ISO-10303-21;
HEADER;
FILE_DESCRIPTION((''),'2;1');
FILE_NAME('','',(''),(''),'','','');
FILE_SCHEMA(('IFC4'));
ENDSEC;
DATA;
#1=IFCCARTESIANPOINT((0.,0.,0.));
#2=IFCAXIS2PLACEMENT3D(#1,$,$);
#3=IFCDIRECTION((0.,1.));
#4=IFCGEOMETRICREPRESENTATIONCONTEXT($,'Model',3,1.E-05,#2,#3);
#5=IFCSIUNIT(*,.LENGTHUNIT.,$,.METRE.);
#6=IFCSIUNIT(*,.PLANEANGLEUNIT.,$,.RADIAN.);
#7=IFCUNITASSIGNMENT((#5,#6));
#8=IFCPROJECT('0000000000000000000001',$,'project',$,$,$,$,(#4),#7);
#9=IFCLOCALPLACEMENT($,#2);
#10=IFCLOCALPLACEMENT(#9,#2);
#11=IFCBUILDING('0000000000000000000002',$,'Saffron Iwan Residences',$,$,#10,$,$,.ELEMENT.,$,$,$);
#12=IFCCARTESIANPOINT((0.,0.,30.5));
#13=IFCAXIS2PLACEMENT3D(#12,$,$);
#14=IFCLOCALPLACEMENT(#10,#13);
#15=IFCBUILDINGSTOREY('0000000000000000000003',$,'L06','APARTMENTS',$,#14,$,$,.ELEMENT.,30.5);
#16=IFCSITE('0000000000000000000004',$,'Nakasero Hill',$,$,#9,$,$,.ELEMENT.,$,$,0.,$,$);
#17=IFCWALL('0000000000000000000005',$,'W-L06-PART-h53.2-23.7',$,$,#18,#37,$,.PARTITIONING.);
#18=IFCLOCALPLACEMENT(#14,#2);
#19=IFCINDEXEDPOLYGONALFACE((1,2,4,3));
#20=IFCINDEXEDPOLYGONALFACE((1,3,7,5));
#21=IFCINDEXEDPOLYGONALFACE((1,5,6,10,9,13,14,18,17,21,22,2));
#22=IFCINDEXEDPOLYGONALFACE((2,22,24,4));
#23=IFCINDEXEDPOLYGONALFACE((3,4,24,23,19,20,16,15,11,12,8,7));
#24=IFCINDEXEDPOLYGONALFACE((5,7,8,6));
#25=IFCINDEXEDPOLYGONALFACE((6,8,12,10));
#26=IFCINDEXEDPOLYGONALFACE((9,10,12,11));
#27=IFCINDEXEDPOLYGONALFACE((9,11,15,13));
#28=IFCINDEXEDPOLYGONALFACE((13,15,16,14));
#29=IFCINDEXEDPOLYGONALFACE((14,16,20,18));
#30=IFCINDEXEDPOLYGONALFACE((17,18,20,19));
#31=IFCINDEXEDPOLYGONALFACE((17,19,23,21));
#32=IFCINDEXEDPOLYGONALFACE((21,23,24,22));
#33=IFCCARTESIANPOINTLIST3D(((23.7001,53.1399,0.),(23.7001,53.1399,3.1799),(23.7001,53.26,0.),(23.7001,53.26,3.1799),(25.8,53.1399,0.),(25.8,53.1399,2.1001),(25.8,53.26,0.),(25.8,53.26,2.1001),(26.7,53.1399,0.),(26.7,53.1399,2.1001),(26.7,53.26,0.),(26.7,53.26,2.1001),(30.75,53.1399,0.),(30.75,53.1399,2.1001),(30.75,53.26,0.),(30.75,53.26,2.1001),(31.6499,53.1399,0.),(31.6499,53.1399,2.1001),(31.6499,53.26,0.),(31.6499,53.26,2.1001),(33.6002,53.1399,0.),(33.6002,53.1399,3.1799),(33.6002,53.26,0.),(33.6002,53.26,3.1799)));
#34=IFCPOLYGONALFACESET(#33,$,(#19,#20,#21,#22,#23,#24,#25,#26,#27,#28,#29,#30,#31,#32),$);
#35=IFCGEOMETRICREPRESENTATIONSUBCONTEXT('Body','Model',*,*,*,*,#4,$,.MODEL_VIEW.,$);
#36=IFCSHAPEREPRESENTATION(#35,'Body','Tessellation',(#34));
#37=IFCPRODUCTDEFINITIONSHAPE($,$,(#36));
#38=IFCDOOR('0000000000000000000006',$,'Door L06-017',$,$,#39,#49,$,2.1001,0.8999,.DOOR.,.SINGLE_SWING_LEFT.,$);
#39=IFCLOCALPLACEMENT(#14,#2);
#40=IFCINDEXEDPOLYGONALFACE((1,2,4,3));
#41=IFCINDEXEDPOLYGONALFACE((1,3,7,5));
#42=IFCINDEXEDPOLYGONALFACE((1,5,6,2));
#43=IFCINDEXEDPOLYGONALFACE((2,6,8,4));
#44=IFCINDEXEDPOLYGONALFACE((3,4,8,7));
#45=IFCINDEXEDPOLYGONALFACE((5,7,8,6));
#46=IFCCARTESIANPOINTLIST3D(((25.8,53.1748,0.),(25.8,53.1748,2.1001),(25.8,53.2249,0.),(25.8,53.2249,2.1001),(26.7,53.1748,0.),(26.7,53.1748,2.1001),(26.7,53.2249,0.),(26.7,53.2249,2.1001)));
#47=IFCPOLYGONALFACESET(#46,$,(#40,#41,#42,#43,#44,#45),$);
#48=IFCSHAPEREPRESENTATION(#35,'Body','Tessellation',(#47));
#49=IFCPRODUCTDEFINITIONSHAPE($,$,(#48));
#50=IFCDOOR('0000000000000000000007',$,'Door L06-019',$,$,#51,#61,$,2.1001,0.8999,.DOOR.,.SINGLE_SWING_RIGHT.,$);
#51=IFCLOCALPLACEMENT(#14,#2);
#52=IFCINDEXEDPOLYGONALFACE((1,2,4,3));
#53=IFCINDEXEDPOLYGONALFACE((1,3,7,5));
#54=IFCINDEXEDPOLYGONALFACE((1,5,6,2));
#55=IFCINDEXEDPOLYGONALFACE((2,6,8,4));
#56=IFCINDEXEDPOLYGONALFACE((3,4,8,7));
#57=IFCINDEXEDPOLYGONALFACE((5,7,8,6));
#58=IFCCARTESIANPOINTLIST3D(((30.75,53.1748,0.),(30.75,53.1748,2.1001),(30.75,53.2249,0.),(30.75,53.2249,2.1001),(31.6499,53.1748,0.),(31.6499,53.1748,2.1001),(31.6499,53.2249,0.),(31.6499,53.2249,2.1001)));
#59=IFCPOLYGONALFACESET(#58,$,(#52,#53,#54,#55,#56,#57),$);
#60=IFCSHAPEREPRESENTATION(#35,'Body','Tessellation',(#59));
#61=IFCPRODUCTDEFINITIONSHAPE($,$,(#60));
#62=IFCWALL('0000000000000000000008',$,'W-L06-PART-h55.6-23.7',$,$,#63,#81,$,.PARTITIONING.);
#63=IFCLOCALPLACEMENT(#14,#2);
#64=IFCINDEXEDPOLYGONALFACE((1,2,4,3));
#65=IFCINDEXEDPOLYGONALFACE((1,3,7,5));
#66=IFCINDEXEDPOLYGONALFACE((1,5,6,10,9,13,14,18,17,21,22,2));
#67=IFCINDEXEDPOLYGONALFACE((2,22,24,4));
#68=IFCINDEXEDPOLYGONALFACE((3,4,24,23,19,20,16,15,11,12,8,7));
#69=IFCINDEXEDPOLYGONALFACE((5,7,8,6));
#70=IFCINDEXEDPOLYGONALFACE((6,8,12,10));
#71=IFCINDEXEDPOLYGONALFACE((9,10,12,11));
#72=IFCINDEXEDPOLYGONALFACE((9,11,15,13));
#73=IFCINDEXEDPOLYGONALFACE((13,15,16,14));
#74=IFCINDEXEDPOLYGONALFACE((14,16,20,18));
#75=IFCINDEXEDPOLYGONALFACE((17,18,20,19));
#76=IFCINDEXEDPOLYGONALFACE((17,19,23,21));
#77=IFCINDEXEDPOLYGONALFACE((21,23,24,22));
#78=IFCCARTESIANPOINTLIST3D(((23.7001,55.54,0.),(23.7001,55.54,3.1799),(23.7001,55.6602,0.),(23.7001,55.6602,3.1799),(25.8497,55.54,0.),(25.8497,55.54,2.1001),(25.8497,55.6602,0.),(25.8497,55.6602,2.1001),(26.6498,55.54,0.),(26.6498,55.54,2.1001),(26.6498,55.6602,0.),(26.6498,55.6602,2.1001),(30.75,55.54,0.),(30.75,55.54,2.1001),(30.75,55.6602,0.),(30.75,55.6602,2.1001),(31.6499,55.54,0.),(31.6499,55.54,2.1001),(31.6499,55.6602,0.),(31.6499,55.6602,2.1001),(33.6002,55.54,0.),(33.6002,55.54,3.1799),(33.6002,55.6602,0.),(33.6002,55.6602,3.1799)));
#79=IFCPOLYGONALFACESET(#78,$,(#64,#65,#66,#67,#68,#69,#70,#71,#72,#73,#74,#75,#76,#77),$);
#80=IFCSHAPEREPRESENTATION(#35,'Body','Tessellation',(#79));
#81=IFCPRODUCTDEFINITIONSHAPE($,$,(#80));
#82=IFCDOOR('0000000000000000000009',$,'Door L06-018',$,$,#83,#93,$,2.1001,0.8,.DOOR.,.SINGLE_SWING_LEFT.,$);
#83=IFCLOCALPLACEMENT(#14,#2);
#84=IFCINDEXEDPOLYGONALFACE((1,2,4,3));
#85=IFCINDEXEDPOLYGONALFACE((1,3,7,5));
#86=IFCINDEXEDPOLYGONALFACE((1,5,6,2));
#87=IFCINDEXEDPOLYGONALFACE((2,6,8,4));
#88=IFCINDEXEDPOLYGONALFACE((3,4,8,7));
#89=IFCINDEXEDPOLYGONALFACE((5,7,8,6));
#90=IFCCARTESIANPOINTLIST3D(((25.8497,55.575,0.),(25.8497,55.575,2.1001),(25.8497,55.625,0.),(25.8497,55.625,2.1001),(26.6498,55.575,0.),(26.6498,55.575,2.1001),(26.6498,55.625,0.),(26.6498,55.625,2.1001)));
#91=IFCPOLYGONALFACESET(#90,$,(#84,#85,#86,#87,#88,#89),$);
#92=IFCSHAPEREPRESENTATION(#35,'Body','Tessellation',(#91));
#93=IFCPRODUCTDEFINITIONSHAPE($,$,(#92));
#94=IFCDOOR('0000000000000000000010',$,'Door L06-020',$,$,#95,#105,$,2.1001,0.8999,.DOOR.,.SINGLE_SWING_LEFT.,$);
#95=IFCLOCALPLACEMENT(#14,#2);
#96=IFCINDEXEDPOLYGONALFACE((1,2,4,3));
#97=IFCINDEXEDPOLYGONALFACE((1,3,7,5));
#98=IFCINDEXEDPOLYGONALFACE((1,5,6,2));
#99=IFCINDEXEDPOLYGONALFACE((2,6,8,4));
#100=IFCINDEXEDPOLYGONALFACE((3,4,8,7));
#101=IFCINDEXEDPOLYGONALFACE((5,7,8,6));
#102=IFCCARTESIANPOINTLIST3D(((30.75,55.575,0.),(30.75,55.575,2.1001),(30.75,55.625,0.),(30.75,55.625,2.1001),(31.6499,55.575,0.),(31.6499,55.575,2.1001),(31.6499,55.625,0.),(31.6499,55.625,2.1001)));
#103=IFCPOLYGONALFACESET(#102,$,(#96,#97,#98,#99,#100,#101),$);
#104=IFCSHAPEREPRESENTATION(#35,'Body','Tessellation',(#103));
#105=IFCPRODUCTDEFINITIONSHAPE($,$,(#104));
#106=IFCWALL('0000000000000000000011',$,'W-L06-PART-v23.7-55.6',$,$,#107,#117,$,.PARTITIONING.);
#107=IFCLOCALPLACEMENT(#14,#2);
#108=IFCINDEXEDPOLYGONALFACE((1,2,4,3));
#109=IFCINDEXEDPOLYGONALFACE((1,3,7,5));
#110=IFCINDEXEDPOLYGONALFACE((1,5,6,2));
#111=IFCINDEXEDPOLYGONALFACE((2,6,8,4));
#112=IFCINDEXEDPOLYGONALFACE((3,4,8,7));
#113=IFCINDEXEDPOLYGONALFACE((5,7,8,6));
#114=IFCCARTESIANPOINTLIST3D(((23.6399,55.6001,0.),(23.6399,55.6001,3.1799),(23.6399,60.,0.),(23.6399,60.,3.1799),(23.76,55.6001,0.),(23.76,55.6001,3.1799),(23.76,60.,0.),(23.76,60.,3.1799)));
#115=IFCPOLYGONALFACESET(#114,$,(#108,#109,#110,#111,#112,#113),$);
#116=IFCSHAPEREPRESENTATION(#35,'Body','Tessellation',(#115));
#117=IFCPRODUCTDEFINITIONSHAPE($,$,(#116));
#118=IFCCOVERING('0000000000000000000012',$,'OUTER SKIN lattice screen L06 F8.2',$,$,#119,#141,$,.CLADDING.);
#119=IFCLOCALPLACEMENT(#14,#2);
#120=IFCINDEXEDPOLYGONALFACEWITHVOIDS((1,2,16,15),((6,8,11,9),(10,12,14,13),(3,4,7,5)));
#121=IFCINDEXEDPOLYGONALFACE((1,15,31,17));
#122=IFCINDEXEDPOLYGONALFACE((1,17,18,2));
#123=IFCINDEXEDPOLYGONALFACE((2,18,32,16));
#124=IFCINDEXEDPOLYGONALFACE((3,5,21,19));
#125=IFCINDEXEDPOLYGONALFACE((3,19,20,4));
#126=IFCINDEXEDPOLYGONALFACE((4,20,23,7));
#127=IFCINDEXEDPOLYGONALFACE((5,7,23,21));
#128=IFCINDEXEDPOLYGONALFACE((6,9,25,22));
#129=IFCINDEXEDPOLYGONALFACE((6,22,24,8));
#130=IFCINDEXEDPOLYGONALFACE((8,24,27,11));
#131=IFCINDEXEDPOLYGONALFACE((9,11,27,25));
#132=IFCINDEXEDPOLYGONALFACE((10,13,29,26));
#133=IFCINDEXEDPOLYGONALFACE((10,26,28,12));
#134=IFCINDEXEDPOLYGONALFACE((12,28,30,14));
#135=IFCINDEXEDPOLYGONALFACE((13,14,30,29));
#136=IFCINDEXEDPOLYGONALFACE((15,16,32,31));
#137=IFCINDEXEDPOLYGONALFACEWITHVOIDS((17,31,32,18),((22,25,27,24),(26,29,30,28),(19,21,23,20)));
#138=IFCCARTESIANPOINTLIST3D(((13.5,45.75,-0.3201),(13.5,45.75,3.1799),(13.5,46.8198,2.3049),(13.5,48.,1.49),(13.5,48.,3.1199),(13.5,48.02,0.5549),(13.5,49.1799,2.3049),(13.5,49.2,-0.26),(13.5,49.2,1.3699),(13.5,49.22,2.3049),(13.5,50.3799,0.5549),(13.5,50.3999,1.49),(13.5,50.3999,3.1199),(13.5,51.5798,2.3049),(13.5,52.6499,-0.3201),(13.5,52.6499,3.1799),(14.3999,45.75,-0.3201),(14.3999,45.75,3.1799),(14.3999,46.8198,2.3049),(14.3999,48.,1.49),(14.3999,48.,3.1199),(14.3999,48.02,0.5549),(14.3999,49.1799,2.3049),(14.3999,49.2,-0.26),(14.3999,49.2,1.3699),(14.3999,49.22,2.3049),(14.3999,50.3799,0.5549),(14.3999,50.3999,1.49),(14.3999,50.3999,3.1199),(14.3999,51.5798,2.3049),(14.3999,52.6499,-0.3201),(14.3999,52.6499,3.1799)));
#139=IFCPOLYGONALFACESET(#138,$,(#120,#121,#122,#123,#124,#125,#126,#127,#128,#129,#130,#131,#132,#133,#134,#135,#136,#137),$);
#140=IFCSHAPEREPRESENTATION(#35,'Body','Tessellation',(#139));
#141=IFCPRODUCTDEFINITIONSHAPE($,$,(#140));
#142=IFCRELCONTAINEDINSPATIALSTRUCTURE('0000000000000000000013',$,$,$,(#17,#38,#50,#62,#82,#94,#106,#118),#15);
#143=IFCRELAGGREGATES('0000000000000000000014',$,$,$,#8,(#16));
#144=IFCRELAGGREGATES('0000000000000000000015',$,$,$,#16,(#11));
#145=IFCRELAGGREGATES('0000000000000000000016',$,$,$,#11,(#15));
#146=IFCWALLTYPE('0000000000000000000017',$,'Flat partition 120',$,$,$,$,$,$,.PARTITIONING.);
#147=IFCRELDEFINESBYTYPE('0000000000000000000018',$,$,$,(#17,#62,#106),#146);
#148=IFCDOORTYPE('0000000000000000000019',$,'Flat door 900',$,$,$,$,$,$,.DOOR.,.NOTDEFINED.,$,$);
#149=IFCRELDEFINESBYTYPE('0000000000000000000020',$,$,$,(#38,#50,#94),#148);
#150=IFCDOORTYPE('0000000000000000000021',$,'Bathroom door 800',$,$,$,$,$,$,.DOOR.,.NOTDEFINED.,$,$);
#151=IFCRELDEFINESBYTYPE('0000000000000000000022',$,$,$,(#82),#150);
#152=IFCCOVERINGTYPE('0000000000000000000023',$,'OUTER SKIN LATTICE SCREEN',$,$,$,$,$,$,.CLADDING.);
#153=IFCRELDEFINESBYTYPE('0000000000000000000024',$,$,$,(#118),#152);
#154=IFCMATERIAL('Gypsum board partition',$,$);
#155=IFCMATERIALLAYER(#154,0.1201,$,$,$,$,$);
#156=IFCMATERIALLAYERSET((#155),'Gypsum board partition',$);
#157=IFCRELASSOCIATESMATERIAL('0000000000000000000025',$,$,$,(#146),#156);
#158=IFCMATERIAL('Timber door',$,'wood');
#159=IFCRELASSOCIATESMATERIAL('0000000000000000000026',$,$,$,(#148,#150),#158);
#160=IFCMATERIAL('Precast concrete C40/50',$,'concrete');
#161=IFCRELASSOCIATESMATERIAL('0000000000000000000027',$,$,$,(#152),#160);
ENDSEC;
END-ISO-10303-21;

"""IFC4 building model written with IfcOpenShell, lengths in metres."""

from ifc_helpers import new_model, si_unit, direction, frame, frame_2d, origin, place, context, subcontext, project, spatial, polyline, rectangle, outline, extrude, material, layer, layer_set, type_object, element, fill, save


model = new_model("IFC4")

# Units and contexts
model_context = context("Model", 3, precision=1e-05, world=origin(), true_north=direction((0.0, 1.0)))
body_context = subcontext(model_context, "Body", "Model", "MODEL_VIEW")
ifc_project = project(units=[si_unit("LENGTHUNIT", "METRE"), si_unit("PLANEANGLEUNIT", "RADIAN")], contexts=[model_context])

# Site, building, storey
site_placement = place(None, origin())
site = spatial("IfcSite", under=ifc_project, at=site_placement, Name="Nakasero Hill", CompositionType="ELEMENT", RefElevation=0.0)
building_placement = place(site_placement, origin())
building = spatial("IfcBuilding", under=site, at=building_placement, Name="Saffron Iwan Residences", CompositionType="ELEMENT")
storey_placement = place(building_placement, frame((0.0, 0.0, 30.5)))
storey = spatial("IfcBuildingStorey", under=building, at=storey_placement, Name="L06", Description="APARTMENTS", CompositionType="ELEMENT", Elevation=30.5)

# Shared definitions
ifc_material_1 = material(Name="Gypsum board partition")
ifc_layer_1 = layer(ifc_material_1, 0.1201)
ifc_layer_set_1 = layer_set([ifc_layer_1], Name="Gypsum board partition")
wall_type_1 = type_object("IfcWallType", Name="Flat partition 120", PredefinedType="PARTITIONING", material=ifc_layer_set_1)

# Walls, openings, doors
wall_1_placement = place(storey_placement, frame((23.7, 53.2, 0.0), z_axis=(0.0, 0.0, 1.0), x_axis=(1.0, 0.0, 0.0)))
wall_1 = element("IfcWall", 1, at=wall_1_placement, inside=storey, type_object=wall_type_1, Name="W-L06-PART-h53.2-23.7", PredefinedType="PARTITIONING", context=body_context, shape_type="SweptSolid", body=[
    extrude(rectangle(XDim=9.9001, YDim=0.1201, at=frame_2d((4.9502, 0.0))), origin(), (0.0, 0.0, 1.0), 3.1799),
])
opening_1_placement = place(wall_1_placement, frame((2.1001, 0.0, 0.0)))
opening_1 = element("IfcOpeningElement", 2, at=opening_1_placement, cuts=wall_1, PredefinedType="OPENING", context=body_context, shape_type="SweptSolid", body=[
    extrude(rectangle(XDim=0.8999, YDim=2.1001, at=frame_2d((0.45, 1.05))), frame((0.0, 0.0701, 0.0), z_axis=(0.0, -1.0, 0.0), x_axis=(1.0, 0.0, 0.0)), (0.0, 0.0, 1.0), 0.1401),
])
opening_2_placement = place(wall_1_placement, frame((7.05, 0.0, 0.0)))
opening_2 = element("IfcOpeningElement", 3, at=opening_2_placement, cuts=wall_1, PredefinedType="OPENING", context=body_context, shape_type="SweptSolid", body=[
    extrude(rectangle(XDim=0.8999, YDim=2.1001, at=frame_2d((0.45, 1.05))), frame((0.0, 0.0701, 0.0), z_axis=(0.0, -1.0, 0.0), x_axis=(1.0, 0.0, 0.0)), (0.0, 0.0, 1.0), 0.1401),
])
ifc_material_2 = material(Name="Timber door", Category="wood")
door_type_1 = type_object("IfcDoorType", Name="Flat door 900", OperationType="NOTDEFINED", PredefinedType="DOOR", material=ifc_material_2)
door_1_placement = place(opening_1_placement, origin())
door_1 = element("IfcDoor", 4, at=door_1_placement, inside=storey, type_object=door_type_1, Name="Door L06-017", OperationType="SINGLE_SWING_LEFT", OverallHeight=2.1001, OverallWidth=0.8999, PredefinedType="DOOR", context=body_context, shape_type="SweptSolid", body=[
    extrude(rectangle(XDim=0.8999, YDim=2.1001, at=frame_2d((0.45, 1.05))), frame((0.0, 0.0249, 0.0), z_axis=(0.0, -1.0, 0.0), x_axis=(1.0, 0.0, 0.0)), (0.0, 0.0, 1.0), 0.05),
])
fill(opening_1, door_1)
door_2_placement = place(opening_2_placement, origin())
door_2 = element("IfcDoor", 5, at=door_2_placement, inside=storey, type_object=door_type_1, Name="Door L06-019", OperationType="SINGLE_SWING_RIGHT", OverallHeight=2.1001, OverallWidth=0.8999, PredefinedType="DOOR", context=body_context, shape_type="SweptSolid", body=[
    extrude(rectangle(XDim=0.8999, YDim=2.1001, at=frame_2d((0.45, 1.05))), frame((0.0, 0.0249, 0.0), z_axis=(0.0, -1.0, 0.0), x_axis=(1.0, 0.0, 0.0)), (0.0, 0.0, 1.0), 0.05),
])
fill(opening_2, door_2)
wall_2_placement = place(storey_placement, frame((23.7, 55.6001, 0.0), z_axis=(0.0, 0.0, 1.0), x_axis=(1.0, 0.0, 0.0)))
wall_2 = element("IfcWall", 6, at=wall_2_placement, inside=storey, type_object=wall_type_1, Name="W-L06-PART-h55.6-23.7", PredefinedType="PARTITIONING", context=body_context, shape_type="SweptSolid", body=[
    extrude(rectangle(XDim=9.9001, YDim=0.1201, at=frame_2d((4.9502, 0.0))), origin(), (0.0, 0.0, 1.0), 3.1799),
])
opening_3_placement = place(wall_2_placement, frame((2.1499, 0.0, 0.0)))
opening_3 = element("IfcOpeningElement", 7, at=opening_3_placement, cuts=wall_2, PredefinedType="OPENING", context=body_context, shape_type="SweptSolid", body=[
    extrude(rectangle(XDim=0.8, YDim=2.1001, at=frame_2d((0.3999, 1.05))), frame((0.0, 0.0701, 0.0), z_axis=(0.0, -1.0, 0.0), x_axis=(1.0, 0.0, 0.0)), (0.0, 0.0, 1.0), 0.1401),
])
opening_4_placement = place(wall_2_placement, frame((7.05, 0.0, 0.0)))
opening_4 = element("IfcOpeningElement", 8, at=opening_4_placement, cuts=wall_2, PredefinedType="OPENING", context=body_context, shape_type="SweptSolid", body=[
    extrude(rectangle(XDim=0.8999, YDim=2.1001, at=frame_2d((0.45, 1.05))), frame((0.0, 0.0701, 0.0), z_axis=(0.0, -1.0, 0.0), x_axis=(1.0, 0.0, 0.0)), (0.0, 0.0, 1.0), 0.1401),
])
door_type_2 = type_object("IfcDoorType", Name="Bathroom door 800", OperationType="NOTDEFINED", PredefinedType="DOOR", material=ifc_material_2)
door_3_placement = place(opening_3_placement, origin())
door_3 = element("IfcDoor", 9, at=door_3_placement, inside=storey, type_object=door_type_2, Name="Door L06-018", OperationType="SINGLE_SWING_LEFT", OverallHeight=2.1001, OverallWidth=0.8, PredefinedType="DOOR", context=body_context, shape_type="SweptSolid", body=[
    extrude(rectangle(XDim=0.8, YDim=2.1001, at=frame_2d((0.3999, 1.05))), frame((0.0, 0.0249, 0.0), z_axis=(0.0, -1.0, 0.0), x_axis=(1.0, 0.0, 0.0)), (0.0, 0.0, 1.0), 0.05),
])
fill(opening_3, door_3)
door_4_placement = place(opening_4_placement, origin())
door_4 = element("IfcDoor", 10, at=door_4_placement, inside=storey, type_object=door_type_1, Name="Door L06-020", OperationType="SINGLE_SWING_LEFT", OverallHeight=2.1001, OverallWidth=0.8999, PredefinedType="DOOR", context=body_context, shape_type="SweptSolid", body=[
    extrude(rectangle(XDim=0.8999, YDim=2.1001, at=frame_2d((0.45, 1.05))), frame((0.0, 0.0249, 0.0), z_axis=(0.0, -1.0, 0.0), x_axis=(1.0, 0.0, 0.0)), (0.0, 0.0, 1.0), 0.05),
])
fill(opening_4, door_4)

# Wall
wall_3_placement = place(storey_placement, frame((23.7, 55.6001, 0.0), z_axis=(0.0, 0.0, 1.0), x_axis=(0.0, 1.0, 0.0)))
element("IfcWall", 11, at=wall_3_placement, inside=storey, type_object=wall_type_1, Name="W-L06-PART-v23.7-55.6", PredefinedType="PARTITIONING", context=body_context, shape_type="SweptSolid", body=[
    extrude(rectangle(XDim=4.3999, YDim=0.1201, at=frame_2d((2.2, 0.0))), origin(), (0.0, 0.0, 1.0), 3.1799),
])

# Covering
ifc_material_3 = material(Name="Precast concrete C40/50", Category="concrete")
covering_type = type_object("IfcCoveringType", Name="OUTER SKIN LATTICE SCREEN", PredefinedType="CLADDING", material=ifc_material_3)
covering_placement = place(storey_placement, frame((14.3999, 52.6499, -0.3201), z_axis=(-1.0, 0.0, 0.0), x_axis=(0.0, -1.0, 0.0)))
element("IfcCovering", 12, at=covering_placement, inside=storey, type_object=covering_type, Name="OUTER SKIN lattice screen L06 F8.2", PredefinedType="CLADDING", context=body_context, shape_type="SweptSolid", body=[
    extrude(outline(polyline([(0.0, 0.0), (6.8999, 0.0), (6.8999, 3.5), (0.0, 3.5), (0.0, 0.0)]), holes=[polyline([(2.27, 0.875), (3.45, 0.0601), (4.6299, 0.875), (3.45, 1.6899), (2.27, 0.875)]), polyline([(1.0701, 2.625), (2.25, 1.8101), (3.4299, 2.625), (2.25, 3.4399), (1.0701, 2.625)]), polyline([(3.47, 2.625), (4.6499, 1.8101), (5.8301, 2.625), (4.6499, 3.4399), (3.47, 2.625)])]), origin(), (0.0, 0.0, 1.0), 0.8999),
])

save(model, "model.ifc")
